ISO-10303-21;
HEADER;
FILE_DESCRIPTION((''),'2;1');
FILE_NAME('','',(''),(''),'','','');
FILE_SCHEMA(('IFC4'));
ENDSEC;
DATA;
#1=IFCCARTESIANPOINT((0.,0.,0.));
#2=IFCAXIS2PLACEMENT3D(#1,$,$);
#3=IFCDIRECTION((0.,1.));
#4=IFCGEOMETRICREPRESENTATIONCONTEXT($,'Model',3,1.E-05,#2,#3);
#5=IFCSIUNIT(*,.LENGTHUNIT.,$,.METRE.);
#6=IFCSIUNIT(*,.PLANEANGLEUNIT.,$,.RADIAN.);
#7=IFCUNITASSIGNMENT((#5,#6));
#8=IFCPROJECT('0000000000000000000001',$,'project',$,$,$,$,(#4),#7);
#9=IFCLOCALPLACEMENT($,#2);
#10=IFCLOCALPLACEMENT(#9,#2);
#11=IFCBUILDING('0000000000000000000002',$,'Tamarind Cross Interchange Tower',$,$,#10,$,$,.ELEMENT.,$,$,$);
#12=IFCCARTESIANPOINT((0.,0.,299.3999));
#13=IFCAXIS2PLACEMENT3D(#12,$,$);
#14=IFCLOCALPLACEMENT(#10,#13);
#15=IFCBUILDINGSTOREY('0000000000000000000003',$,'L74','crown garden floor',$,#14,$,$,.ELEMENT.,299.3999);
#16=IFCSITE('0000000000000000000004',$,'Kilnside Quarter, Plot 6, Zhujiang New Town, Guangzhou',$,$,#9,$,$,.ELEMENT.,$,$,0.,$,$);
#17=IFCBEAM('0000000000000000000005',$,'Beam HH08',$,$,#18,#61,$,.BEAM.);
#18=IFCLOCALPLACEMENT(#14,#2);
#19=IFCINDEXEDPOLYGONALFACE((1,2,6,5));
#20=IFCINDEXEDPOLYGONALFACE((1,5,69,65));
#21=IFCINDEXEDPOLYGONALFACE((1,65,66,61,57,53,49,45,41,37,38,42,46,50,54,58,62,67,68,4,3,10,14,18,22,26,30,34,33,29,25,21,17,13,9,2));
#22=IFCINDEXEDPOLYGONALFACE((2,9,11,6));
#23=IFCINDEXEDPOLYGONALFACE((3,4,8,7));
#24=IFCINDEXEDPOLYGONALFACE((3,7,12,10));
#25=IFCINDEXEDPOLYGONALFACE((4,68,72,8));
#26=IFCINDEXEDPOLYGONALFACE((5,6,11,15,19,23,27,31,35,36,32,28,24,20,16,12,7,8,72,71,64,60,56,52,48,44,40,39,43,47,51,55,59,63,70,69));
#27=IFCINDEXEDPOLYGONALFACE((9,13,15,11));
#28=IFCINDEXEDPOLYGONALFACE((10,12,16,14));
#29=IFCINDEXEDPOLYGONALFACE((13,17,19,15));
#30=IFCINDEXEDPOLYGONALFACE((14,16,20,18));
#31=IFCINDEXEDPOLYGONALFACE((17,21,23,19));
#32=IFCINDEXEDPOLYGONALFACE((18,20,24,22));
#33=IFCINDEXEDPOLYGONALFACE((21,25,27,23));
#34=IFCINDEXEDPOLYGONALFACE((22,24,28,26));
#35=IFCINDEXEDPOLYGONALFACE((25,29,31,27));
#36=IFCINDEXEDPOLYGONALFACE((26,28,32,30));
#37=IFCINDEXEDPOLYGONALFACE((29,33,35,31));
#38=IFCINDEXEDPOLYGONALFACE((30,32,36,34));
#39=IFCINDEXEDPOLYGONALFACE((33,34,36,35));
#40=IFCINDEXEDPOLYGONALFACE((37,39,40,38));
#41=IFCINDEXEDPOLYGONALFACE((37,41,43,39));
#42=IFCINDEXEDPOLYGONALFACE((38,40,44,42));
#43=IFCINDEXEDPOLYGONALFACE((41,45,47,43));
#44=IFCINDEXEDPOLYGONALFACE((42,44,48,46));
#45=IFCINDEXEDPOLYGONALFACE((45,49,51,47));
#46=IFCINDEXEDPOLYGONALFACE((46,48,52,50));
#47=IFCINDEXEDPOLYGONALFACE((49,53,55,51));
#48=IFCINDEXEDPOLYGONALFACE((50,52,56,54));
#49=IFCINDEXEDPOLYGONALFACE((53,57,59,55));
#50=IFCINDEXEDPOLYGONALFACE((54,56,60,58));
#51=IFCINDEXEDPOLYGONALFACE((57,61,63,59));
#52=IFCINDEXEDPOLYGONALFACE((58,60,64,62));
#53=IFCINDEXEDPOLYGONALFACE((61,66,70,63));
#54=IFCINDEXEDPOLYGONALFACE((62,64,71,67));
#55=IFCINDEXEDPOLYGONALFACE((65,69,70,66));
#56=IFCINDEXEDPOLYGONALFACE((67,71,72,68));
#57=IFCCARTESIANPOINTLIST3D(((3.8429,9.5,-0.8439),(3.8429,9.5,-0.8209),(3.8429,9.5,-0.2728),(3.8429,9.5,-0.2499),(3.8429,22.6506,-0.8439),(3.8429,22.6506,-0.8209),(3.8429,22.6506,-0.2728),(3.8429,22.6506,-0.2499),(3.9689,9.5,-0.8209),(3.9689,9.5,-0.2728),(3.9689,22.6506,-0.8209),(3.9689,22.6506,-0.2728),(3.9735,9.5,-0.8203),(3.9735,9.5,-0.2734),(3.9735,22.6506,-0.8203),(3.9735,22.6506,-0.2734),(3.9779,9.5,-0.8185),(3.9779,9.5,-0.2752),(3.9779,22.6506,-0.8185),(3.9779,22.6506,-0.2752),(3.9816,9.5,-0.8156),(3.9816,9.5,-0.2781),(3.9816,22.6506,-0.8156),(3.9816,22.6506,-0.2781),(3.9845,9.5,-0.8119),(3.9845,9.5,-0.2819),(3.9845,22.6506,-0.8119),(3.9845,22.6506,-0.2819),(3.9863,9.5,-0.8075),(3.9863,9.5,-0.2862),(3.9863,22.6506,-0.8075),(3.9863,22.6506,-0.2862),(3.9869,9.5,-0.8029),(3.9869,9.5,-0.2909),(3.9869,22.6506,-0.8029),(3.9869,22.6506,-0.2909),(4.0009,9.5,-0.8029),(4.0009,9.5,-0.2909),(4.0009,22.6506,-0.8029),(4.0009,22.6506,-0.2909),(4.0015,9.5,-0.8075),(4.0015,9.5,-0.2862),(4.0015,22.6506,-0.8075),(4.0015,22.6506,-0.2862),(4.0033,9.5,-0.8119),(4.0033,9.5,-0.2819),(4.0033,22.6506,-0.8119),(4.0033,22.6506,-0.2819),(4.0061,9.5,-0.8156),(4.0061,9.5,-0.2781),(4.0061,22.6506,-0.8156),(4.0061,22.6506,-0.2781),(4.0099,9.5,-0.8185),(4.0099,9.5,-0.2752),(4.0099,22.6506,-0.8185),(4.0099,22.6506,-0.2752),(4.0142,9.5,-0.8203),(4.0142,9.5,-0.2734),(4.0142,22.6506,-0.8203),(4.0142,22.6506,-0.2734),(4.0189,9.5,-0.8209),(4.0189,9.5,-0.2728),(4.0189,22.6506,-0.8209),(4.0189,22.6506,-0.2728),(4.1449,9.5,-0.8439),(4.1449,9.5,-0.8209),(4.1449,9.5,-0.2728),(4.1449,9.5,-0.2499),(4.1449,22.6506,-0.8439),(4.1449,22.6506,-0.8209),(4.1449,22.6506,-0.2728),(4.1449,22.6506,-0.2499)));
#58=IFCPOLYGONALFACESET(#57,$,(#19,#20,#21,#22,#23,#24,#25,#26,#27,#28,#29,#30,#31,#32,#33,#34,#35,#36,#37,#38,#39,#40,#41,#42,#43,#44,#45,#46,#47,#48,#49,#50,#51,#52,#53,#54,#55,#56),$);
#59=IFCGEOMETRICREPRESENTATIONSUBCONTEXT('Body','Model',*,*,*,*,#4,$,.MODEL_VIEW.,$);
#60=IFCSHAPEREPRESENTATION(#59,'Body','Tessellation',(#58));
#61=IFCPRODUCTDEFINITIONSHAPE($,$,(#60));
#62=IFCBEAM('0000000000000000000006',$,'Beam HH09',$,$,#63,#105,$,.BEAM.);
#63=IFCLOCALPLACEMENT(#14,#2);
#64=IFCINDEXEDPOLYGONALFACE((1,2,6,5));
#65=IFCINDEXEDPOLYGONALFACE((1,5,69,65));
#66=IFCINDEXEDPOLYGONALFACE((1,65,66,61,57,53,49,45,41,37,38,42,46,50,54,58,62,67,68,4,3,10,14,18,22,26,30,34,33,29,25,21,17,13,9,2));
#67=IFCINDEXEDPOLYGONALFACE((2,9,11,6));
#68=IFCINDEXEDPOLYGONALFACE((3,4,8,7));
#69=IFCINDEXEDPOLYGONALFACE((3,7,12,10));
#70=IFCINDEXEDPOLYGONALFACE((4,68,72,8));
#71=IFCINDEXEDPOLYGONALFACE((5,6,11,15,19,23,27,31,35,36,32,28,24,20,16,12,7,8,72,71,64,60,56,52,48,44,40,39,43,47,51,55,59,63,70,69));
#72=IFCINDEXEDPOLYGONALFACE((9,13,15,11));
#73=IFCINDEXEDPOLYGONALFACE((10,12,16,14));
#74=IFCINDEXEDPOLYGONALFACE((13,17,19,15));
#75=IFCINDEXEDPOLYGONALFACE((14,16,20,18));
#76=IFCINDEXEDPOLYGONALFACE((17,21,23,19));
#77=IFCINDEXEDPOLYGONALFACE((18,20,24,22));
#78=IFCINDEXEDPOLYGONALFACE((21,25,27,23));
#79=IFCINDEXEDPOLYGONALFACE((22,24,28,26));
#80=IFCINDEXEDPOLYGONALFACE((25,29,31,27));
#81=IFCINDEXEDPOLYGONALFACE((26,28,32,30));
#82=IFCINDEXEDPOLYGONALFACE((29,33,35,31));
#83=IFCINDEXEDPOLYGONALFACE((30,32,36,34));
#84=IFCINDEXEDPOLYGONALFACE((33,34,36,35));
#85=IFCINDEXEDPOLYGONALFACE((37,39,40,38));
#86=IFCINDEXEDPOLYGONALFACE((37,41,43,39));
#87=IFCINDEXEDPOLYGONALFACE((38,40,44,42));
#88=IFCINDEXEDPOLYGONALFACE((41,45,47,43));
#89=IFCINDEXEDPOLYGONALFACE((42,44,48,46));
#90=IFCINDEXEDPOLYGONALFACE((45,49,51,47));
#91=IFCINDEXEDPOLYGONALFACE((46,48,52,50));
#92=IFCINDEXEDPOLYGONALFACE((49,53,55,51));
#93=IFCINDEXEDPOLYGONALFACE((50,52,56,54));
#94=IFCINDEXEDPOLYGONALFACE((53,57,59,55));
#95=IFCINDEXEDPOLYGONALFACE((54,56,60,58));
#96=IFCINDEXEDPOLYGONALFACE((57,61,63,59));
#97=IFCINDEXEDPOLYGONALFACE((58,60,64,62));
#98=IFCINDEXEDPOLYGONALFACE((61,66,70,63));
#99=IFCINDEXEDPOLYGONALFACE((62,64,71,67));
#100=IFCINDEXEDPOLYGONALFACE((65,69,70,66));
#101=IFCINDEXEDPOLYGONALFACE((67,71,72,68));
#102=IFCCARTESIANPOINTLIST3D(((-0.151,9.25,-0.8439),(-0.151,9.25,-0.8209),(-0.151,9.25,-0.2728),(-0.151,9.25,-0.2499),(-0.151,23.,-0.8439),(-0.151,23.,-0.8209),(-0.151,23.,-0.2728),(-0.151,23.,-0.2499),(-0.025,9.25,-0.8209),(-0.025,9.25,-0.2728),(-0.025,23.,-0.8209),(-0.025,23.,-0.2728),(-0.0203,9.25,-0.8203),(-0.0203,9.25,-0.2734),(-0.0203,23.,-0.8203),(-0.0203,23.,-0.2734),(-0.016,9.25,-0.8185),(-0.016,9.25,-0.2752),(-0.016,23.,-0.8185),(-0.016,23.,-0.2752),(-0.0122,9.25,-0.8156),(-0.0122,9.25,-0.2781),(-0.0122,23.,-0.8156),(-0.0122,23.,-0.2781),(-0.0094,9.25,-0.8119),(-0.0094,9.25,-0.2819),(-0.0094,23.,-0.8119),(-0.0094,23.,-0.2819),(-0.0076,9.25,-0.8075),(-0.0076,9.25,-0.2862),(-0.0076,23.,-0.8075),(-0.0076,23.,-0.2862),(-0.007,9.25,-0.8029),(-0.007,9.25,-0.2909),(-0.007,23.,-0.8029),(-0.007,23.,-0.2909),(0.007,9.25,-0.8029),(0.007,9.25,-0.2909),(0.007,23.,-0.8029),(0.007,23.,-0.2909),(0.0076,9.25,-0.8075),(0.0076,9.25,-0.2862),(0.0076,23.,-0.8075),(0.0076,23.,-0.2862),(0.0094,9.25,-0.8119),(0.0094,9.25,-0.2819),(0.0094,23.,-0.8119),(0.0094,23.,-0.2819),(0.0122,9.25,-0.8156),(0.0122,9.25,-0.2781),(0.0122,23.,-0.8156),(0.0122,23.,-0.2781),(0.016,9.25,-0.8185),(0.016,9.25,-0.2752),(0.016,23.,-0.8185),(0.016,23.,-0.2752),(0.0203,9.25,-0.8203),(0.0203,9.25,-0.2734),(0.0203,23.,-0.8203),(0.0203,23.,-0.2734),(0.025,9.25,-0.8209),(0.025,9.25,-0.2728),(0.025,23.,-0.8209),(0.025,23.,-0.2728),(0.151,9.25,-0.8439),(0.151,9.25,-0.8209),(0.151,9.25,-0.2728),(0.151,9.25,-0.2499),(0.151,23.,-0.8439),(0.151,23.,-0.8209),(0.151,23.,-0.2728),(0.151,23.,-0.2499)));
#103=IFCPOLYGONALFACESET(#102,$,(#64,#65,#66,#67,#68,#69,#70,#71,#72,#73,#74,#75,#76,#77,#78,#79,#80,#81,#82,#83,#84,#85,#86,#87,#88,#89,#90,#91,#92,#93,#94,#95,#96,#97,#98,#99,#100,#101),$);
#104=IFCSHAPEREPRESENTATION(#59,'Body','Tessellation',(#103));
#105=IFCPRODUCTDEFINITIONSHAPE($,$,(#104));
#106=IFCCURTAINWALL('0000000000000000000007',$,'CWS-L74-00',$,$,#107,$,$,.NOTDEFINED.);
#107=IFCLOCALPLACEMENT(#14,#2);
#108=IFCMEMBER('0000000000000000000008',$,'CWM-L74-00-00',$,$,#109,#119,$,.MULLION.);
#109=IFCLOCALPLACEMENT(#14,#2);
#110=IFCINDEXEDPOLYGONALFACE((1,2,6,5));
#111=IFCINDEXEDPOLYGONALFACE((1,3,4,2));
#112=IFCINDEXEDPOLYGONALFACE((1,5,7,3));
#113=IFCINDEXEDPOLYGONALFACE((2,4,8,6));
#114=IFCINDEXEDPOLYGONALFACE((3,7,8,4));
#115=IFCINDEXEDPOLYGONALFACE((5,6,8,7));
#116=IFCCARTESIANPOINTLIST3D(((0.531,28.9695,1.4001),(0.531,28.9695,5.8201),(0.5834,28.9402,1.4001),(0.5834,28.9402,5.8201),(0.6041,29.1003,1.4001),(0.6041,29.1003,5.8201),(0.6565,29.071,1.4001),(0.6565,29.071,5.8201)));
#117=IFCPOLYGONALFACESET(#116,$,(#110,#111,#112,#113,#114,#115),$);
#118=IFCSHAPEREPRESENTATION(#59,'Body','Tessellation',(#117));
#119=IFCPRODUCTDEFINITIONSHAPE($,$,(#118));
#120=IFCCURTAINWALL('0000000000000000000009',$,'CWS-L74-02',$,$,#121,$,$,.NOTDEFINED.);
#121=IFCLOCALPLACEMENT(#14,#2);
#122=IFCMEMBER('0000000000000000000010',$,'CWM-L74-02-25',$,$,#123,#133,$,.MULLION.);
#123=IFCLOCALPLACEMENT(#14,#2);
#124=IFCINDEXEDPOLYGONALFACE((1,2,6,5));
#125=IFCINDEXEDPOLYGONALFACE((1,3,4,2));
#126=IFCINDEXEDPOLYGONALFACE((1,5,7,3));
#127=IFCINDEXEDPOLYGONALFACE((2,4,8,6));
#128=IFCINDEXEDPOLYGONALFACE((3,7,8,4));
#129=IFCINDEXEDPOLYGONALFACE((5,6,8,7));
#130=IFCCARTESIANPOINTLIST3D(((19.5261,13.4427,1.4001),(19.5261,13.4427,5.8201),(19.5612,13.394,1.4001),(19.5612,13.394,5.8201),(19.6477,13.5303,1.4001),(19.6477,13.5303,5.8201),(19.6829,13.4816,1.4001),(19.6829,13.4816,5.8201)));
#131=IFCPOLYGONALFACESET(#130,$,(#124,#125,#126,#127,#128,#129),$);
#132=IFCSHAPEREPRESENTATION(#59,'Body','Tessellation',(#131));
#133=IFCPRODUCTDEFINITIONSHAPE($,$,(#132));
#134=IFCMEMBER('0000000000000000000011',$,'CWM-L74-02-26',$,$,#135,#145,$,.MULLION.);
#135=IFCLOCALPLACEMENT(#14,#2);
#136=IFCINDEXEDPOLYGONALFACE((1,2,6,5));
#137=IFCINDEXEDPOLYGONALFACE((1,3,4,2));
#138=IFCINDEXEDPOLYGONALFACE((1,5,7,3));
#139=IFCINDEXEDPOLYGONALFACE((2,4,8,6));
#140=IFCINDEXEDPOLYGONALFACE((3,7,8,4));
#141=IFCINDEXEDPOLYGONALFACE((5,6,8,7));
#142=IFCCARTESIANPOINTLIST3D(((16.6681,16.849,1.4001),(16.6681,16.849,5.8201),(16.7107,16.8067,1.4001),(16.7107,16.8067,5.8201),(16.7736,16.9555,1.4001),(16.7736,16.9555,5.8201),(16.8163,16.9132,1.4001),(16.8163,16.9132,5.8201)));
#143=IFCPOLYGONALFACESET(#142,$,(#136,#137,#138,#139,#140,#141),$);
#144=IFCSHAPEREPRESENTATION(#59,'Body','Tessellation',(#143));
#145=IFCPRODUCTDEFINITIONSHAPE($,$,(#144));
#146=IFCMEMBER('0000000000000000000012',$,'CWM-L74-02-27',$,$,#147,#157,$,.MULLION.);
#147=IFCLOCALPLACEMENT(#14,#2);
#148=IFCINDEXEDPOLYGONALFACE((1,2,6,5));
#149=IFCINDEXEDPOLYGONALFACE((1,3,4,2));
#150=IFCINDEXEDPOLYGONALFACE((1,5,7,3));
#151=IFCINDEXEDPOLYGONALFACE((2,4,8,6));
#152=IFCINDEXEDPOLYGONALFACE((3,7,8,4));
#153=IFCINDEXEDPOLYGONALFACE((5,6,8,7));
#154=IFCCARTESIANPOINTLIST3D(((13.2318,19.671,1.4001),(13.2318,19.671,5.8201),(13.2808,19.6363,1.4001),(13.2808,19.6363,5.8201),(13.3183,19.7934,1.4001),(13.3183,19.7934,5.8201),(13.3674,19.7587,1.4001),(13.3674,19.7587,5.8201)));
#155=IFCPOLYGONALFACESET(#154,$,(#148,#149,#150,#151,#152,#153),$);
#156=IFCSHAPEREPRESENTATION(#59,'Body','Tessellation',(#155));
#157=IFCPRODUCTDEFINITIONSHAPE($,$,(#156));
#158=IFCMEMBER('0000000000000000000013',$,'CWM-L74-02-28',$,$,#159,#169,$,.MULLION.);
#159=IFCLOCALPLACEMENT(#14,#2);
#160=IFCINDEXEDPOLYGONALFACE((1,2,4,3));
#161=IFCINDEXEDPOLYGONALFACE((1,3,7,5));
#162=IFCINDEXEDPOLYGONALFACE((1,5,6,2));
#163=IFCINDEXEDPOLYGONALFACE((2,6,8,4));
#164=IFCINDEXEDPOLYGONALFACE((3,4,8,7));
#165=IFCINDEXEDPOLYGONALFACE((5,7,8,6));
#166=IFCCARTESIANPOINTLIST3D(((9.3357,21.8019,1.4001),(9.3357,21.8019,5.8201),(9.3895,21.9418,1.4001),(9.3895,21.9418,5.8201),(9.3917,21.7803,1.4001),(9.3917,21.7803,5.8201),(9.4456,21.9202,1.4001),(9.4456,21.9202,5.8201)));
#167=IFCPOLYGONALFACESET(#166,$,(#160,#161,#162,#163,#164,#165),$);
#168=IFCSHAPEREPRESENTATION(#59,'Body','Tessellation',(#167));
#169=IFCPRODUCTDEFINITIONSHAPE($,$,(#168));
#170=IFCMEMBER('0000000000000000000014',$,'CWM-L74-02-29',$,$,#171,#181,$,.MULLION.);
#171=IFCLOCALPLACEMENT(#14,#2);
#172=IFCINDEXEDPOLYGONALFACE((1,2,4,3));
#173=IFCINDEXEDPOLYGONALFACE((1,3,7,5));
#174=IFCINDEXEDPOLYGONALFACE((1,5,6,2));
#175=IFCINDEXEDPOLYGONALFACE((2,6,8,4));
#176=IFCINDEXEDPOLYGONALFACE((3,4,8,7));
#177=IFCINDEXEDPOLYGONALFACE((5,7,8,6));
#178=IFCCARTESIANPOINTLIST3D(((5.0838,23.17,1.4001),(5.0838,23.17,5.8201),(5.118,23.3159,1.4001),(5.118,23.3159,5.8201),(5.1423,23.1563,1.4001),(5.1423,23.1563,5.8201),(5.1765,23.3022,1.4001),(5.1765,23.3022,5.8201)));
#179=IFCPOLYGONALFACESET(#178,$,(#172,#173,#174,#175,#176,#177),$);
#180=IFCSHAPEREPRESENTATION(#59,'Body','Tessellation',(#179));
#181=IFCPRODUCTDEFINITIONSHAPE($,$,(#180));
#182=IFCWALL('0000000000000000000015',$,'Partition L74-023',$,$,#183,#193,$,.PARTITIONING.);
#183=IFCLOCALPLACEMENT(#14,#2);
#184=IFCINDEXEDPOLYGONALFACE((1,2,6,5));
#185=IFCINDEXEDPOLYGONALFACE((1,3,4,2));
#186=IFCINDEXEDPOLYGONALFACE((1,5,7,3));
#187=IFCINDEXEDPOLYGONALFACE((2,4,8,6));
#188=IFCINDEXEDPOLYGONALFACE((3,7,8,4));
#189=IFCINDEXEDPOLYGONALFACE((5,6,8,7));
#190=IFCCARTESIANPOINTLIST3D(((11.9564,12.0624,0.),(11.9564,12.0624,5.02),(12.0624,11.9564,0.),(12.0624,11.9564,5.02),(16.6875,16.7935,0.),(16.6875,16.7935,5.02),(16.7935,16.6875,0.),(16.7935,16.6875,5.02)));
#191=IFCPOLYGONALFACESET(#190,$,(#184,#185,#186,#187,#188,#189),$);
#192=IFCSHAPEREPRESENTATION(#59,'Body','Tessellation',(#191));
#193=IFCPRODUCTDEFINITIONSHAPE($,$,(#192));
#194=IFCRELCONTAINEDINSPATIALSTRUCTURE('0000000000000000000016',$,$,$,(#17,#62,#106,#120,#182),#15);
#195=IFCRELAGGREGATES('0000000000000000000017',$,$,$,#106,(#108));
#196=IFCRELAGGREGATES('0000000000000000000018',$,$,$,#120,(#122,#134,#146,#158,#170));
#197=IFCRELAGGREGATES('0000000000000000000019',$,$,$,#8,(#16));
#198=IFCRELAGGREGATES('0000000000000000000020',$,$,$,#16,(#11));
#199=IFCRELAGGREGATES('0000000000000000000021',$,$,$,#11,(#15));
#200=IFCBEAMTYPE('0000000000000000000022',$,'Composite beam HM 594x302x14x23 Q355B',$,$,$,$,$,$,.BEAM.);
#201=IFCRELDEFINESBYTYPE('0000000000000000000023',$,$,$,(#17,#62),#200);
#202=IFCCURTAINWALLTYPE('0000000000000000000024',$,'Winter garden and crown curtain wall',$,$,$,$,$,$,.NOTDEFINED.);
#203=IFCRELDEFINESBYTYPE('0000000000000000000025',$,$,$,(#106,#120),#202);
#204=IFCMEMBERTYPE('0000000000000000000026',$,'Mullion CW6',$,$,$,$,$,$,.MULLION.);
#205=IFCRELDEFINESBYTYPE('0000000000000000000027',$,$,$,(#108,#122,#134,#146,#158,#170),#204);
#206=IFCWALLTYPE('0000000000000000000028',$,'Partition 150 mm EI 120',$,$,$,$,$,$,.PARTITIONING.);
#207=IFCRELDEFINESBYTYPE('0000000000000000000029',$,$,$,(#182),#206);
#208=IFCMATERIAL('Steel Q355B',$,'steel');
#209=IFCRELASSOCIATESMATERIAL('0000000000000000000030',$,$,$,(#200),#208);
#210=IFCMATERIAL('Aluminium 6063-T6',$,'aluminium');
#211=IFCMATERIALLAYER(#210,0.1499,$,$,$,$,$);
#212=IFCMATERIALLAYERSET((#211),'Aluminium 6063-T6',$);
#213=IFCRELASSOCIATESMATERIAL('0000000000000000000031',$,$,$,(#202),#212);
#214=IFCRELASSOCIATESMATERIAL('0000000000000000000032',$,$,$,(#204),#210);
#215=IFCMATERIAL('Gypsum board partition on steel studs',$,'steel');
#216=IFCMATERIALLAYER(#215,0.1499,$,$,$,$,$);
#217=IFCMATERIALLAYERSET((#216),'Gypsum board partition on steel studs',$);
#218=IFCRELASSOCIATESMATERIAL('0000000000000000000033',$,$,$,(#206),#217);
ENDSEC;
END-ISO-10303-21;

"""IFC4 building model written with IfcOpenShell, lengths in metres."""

from ifc_helpers import new_model, si_unit, direction, frame, frame_2d, origin, origin_2d, place, context, subcontext, project, spatial, rectangle, i_section, extrude, material, layer, layer_set, material_profile, profile_set, type_object, element, aggregate, save


model = new_model("IFC4")

# Units and contexts
model_context = context("Model", 3, precision=1e-05, world=origin(), true_north=direction((0.0, 1.0)))
body_context = subcontext(model_context, "Body", "Model", "MODEL_VIEW")
ifc_project = project(units=[si_unit("LENGTHUNIT", "METRE"), si_unit("PLANEANGLEUNIT", "RADIAN")], contexts=[model_context])

# Site, building, storey
site_placement = place(None, origin())
site = spatial("IfcSite", under=ifc_project, at=site_placement, Name="Kilnside Quarter, Plot 6, Zhujiang New Town, Guangzhou", CompositionType="ELEMENT", RefElevation=0.0)
building_placement = place(site_placement, origin())
building = spatial("IfcBuilding", under=site, at=building_placement, Name="Tamarind Cross Interchange Tower", CompositionType="ELEMENT")
storey_placement = place(building_placement, frame((0.0, 0.0, 299.3999)))
storey = spatial("IfcBuildingStorey", under=building, at=storey_placement, Name="L74", Description="crown garden floor", CompositionType="ELEMENT", Elevation=299.3999)

# Beams
ifc_material_1 = material(Name="Steel Q355B", Category="steel")
ifc_material_profile_1 = material_profile(ifc_material_1, i_section(OverallWidth=0.302, OverallDepth=0.594, WebThickness=0.0139, FlangeThickness=0.0229, FilletRadius=0.0181, at=origin_2d()), Name="HM 594x302x14x23")
ifc_profile_set_1 = profile_set([ifc_material_profile_1], Name="Steel Q355B")
beam_type = type_object("IfcBeamType", Name="Composite beam HM 594x302x14x23 Q355B", PredefinedType="BEAM", material=ifc_profile_set_1)
beam_1_placement = place(storey_placement, frame((3.9939, 22.6506, -0.5469), z_axis=(0.0, -1.0, 0.0), x_axis=(1.0, 0.0, 0.0)))
element("IfcBeam", 1, at=beam_1_placement, inside=storey, type_object=beam_type, Name="Beam HH08", PredefinedType="BEAM", context=body_context, shape_type="SweptSolid", body=[
    extrude(i_section(OverallWidth=0.302, OverallDepth=0.594, WebThickness=0.0139, FlangeThickness=0.0229, FilletRadius=0.0181, at=origin_2d()), origin(), (0.0, 0.0, 1.0), 13.1506),
])
beam_2_placement = place(storey_placement, frame((0.0, 23.0, -0.5469), z_axis=(0.0, -1.0, 0.0), x_axis=(1.0, 0.0, 0.0)))
element("IfcBeam", 2, at=beam_2_placement, inside=storey, type_object=beam_type, Name="Beam HH09", PredefinedType="BEAM", context=body_context, shape_type="SweptSolid", body=[
    extrude(i_section(OverallWidth=0.302, OverallDepth=0.594, WebThickness=0.0139, FlangeThickness=0.0229, FilletRadius=0.0181, at=origin_2d()), origin(), (0.0, 0.0, 1.0), 13.75),
])

# Curtain wall, member
ifc_material_2 = material(Name="Aluminium 6063-T6", Category="aluminium")
ifc_layer_1 = layer(ifc_material_2, 0.1499)
ifc_layer_set_1 = layer_set([ifc_layer_1], Name="Aluminium 6063-T6")
curtain_wall_type = type_object("IfcCurtainWallType", Name="Winter garden and crown curtain wall", PredefinedType="NOTDEFINED", material=ifc_layer_set_1)
curtain_wall_1_placement = place(storey_placement, origin())
curtain_wall_1 = element("IfcCurtainWall", 3, at=curtain_wall_1_placement, inside=storey, type_object=curtain_wall_type, Name="CWS-L74-00", PredefinedType="NOTDEFINED")
ifc_material_profile_2 = material_profile(ifc_material_2, rectangle(XDim=0.0601, YDim=0.1499, at=origin_2d()), Name="Mullion CW6")
ifc_profile_set_2 = profile_set([ifc_material_profile_2], Name="Aluminium 6063-T6")
member_type = type_object("IfcMemberType", Name="Mullion CW6", PredefinedType="MULLION", material=ifc_profile_set_2)
member_1_placement = place(storey_placement, frame((0.5938, 29.0203, 1.4001), z_axis=(0.0, 0.0, 1.0), x_axis=(-0.872892, 0.487913, 0.0)))
member_1 = element("IfcMember", 4, at=member_1_placement, type_object=member_type, Name="CWM-L74-00-00", PredefinedType="MULLION", context=body_context, shape_type="SweptSolid", body=[
    extrude(rectangle(XDim=0.0601, YDim=0.1499, at=origin_2d()), origin(), (0.0, 0.0, 1.0), 4.4199),
])
aggregate(curtain_wall_1, [member_1])

# Curtain wall, members
curtain_wall_2_placement = place(storey_placement, origin())
curtain_wall_2 = element("IfcCurtainWall", 5, at=curtain_wall_2_placement, inside=storey, type_object=curtain_wall_type, Name="CWS-L74-02", PredefinedType="NOTDEFINED")
member_2_placement = place(storey_placement, frame((19.6045, 13.4622, 1.4001), z_axis=(0.0, 0.0, 1.0), x_axis=(-0.584574, 0.81134, 0.0)))
member_2 = element("IfcMember", 6, at=member_2_placement, type_object=member_type, Name="CWM-L74-02-25", PredefinedType="MULLION", context=body_context, shape_type="SweptSolid", body=[
    extrude(rectangle(XDim=0.0601, YDim=0.1499, at=origin_2d()), origin(), (0.0, 0.0, 1.0), 4.4199),
])
member_3_placement = place(storey_placement, frame((16.7422, 16.8811, 1.4001), z_axis=(0.0, 0.0, 1.0), x_axis=(-0.710143, 0.704057, 0.0)))
member_3 = element("IfcMember", 7, at=member_3_placement, type_object=member_type, Name="CWM-L74-02-26", PredefinedType="MULLION", context=body_context, shape_type="SweptSolid", body=[
    extrude(rectangle(XDim=0.0601, YDim=0.1499, at=origin_2d()), origin(), (0.0, 0.0, 1.0), 4.4199),
])
member_4_placement = place(storey_placement, frame((13.2996, 19.7148, 1.4001), z_axis=(0.0, 0.0, 1.0), x_axis=(-0.816342, 0.577569, 0.0)))
member_4 = element("IfcMember", 8, at=member_4_placement, type_object=member_type, Name="CWM-L74-02-27", PredefinedType="MULLION", context=body_context, shape_type="SweptSolid", body=[
    extrude(rectangle(XDim=0.0601, YDim=0.1499, at=origin_2d()), origin(), (0.0, 0.0, 1.0), 4.4199),
])
member_5_placement = place(storey_placement, frame((9.3906, 21.8611, 1.4001), z_axis=(0.0, 0.0, 1.0), x_axis=(-0.933147, 0.359495, 0.0)))
member_5 = element("IfcMember", 9, at=member_5_placement, type_object=member_type, Name="CWM-L74-02-28", PredefinedType="MULLION", context=body_context, shape_type="SweptSolid", body=[
    extrude(rectangle(XDim=0.0601, YDim=0.1499, at=origin_2d()), origin(), (0.0, 0.0, 1.0), 4.4199),
])
member_6_placement = place(storey_placement, frame((5.1301, 23.2361, 1.4001), z_axis=(0.0, 0.0, 1.0), x_axis=(-0.973672, 0.227955, 0.0)))
member_6 = element("IfcMember", 10, at=member_6_placement, type_object=member_type, Name="CWM-L74-02-29", PredefinedType="MULLION", context=body_context, shape_type="SweptSolid", body=[
    extrude(rectangle(XDim=0.0601, YDim=0.1499, at=origin_2d()), origin(), (0.0, 0.0, 1.0), 4.4199),
])
aggregate(curtain_wall_2, [member_2, member_3, member_4, member_5, member_6])

# Wall
ifc_material_3 = material(Name="Gypsum board partition on steel studs", Category="steel")
ifc_layer_2 = layer(ifc_material_3, 0.1499)
ifc_layer_set_2 = layer_set([ifc_layer_2], Name="Gypsum board partition on steel studs")
wall_type = type_object("IfcWallType", Name="Partition 150 mm EI 120", PredefinedType="PARTITIONING", material=ifc_layer_set_2)
wall_1_placement = place(storey_placement, frame((12.0095, 12.0095, 0.0), z_axis=(0.0, 0.0, 1.0), x_axis=(0.707107, 0.707107, 0.0)))
element("IfcWall", 11, at=wall_1_placement, inside=storey, type_object=wall_type, Name="Partition L74-023", PredefinedType="PARTITIONING", context=body_context, shape_type="SweptSolid", body=[
    extrude(rectangle(XDim=6.6907, YDim=0.1499, at=frame_2d((3.3452, 0.0))), origin(), (0.0, 0.0, 1.0), 5.02),
])

save(model, "model.ifc")
